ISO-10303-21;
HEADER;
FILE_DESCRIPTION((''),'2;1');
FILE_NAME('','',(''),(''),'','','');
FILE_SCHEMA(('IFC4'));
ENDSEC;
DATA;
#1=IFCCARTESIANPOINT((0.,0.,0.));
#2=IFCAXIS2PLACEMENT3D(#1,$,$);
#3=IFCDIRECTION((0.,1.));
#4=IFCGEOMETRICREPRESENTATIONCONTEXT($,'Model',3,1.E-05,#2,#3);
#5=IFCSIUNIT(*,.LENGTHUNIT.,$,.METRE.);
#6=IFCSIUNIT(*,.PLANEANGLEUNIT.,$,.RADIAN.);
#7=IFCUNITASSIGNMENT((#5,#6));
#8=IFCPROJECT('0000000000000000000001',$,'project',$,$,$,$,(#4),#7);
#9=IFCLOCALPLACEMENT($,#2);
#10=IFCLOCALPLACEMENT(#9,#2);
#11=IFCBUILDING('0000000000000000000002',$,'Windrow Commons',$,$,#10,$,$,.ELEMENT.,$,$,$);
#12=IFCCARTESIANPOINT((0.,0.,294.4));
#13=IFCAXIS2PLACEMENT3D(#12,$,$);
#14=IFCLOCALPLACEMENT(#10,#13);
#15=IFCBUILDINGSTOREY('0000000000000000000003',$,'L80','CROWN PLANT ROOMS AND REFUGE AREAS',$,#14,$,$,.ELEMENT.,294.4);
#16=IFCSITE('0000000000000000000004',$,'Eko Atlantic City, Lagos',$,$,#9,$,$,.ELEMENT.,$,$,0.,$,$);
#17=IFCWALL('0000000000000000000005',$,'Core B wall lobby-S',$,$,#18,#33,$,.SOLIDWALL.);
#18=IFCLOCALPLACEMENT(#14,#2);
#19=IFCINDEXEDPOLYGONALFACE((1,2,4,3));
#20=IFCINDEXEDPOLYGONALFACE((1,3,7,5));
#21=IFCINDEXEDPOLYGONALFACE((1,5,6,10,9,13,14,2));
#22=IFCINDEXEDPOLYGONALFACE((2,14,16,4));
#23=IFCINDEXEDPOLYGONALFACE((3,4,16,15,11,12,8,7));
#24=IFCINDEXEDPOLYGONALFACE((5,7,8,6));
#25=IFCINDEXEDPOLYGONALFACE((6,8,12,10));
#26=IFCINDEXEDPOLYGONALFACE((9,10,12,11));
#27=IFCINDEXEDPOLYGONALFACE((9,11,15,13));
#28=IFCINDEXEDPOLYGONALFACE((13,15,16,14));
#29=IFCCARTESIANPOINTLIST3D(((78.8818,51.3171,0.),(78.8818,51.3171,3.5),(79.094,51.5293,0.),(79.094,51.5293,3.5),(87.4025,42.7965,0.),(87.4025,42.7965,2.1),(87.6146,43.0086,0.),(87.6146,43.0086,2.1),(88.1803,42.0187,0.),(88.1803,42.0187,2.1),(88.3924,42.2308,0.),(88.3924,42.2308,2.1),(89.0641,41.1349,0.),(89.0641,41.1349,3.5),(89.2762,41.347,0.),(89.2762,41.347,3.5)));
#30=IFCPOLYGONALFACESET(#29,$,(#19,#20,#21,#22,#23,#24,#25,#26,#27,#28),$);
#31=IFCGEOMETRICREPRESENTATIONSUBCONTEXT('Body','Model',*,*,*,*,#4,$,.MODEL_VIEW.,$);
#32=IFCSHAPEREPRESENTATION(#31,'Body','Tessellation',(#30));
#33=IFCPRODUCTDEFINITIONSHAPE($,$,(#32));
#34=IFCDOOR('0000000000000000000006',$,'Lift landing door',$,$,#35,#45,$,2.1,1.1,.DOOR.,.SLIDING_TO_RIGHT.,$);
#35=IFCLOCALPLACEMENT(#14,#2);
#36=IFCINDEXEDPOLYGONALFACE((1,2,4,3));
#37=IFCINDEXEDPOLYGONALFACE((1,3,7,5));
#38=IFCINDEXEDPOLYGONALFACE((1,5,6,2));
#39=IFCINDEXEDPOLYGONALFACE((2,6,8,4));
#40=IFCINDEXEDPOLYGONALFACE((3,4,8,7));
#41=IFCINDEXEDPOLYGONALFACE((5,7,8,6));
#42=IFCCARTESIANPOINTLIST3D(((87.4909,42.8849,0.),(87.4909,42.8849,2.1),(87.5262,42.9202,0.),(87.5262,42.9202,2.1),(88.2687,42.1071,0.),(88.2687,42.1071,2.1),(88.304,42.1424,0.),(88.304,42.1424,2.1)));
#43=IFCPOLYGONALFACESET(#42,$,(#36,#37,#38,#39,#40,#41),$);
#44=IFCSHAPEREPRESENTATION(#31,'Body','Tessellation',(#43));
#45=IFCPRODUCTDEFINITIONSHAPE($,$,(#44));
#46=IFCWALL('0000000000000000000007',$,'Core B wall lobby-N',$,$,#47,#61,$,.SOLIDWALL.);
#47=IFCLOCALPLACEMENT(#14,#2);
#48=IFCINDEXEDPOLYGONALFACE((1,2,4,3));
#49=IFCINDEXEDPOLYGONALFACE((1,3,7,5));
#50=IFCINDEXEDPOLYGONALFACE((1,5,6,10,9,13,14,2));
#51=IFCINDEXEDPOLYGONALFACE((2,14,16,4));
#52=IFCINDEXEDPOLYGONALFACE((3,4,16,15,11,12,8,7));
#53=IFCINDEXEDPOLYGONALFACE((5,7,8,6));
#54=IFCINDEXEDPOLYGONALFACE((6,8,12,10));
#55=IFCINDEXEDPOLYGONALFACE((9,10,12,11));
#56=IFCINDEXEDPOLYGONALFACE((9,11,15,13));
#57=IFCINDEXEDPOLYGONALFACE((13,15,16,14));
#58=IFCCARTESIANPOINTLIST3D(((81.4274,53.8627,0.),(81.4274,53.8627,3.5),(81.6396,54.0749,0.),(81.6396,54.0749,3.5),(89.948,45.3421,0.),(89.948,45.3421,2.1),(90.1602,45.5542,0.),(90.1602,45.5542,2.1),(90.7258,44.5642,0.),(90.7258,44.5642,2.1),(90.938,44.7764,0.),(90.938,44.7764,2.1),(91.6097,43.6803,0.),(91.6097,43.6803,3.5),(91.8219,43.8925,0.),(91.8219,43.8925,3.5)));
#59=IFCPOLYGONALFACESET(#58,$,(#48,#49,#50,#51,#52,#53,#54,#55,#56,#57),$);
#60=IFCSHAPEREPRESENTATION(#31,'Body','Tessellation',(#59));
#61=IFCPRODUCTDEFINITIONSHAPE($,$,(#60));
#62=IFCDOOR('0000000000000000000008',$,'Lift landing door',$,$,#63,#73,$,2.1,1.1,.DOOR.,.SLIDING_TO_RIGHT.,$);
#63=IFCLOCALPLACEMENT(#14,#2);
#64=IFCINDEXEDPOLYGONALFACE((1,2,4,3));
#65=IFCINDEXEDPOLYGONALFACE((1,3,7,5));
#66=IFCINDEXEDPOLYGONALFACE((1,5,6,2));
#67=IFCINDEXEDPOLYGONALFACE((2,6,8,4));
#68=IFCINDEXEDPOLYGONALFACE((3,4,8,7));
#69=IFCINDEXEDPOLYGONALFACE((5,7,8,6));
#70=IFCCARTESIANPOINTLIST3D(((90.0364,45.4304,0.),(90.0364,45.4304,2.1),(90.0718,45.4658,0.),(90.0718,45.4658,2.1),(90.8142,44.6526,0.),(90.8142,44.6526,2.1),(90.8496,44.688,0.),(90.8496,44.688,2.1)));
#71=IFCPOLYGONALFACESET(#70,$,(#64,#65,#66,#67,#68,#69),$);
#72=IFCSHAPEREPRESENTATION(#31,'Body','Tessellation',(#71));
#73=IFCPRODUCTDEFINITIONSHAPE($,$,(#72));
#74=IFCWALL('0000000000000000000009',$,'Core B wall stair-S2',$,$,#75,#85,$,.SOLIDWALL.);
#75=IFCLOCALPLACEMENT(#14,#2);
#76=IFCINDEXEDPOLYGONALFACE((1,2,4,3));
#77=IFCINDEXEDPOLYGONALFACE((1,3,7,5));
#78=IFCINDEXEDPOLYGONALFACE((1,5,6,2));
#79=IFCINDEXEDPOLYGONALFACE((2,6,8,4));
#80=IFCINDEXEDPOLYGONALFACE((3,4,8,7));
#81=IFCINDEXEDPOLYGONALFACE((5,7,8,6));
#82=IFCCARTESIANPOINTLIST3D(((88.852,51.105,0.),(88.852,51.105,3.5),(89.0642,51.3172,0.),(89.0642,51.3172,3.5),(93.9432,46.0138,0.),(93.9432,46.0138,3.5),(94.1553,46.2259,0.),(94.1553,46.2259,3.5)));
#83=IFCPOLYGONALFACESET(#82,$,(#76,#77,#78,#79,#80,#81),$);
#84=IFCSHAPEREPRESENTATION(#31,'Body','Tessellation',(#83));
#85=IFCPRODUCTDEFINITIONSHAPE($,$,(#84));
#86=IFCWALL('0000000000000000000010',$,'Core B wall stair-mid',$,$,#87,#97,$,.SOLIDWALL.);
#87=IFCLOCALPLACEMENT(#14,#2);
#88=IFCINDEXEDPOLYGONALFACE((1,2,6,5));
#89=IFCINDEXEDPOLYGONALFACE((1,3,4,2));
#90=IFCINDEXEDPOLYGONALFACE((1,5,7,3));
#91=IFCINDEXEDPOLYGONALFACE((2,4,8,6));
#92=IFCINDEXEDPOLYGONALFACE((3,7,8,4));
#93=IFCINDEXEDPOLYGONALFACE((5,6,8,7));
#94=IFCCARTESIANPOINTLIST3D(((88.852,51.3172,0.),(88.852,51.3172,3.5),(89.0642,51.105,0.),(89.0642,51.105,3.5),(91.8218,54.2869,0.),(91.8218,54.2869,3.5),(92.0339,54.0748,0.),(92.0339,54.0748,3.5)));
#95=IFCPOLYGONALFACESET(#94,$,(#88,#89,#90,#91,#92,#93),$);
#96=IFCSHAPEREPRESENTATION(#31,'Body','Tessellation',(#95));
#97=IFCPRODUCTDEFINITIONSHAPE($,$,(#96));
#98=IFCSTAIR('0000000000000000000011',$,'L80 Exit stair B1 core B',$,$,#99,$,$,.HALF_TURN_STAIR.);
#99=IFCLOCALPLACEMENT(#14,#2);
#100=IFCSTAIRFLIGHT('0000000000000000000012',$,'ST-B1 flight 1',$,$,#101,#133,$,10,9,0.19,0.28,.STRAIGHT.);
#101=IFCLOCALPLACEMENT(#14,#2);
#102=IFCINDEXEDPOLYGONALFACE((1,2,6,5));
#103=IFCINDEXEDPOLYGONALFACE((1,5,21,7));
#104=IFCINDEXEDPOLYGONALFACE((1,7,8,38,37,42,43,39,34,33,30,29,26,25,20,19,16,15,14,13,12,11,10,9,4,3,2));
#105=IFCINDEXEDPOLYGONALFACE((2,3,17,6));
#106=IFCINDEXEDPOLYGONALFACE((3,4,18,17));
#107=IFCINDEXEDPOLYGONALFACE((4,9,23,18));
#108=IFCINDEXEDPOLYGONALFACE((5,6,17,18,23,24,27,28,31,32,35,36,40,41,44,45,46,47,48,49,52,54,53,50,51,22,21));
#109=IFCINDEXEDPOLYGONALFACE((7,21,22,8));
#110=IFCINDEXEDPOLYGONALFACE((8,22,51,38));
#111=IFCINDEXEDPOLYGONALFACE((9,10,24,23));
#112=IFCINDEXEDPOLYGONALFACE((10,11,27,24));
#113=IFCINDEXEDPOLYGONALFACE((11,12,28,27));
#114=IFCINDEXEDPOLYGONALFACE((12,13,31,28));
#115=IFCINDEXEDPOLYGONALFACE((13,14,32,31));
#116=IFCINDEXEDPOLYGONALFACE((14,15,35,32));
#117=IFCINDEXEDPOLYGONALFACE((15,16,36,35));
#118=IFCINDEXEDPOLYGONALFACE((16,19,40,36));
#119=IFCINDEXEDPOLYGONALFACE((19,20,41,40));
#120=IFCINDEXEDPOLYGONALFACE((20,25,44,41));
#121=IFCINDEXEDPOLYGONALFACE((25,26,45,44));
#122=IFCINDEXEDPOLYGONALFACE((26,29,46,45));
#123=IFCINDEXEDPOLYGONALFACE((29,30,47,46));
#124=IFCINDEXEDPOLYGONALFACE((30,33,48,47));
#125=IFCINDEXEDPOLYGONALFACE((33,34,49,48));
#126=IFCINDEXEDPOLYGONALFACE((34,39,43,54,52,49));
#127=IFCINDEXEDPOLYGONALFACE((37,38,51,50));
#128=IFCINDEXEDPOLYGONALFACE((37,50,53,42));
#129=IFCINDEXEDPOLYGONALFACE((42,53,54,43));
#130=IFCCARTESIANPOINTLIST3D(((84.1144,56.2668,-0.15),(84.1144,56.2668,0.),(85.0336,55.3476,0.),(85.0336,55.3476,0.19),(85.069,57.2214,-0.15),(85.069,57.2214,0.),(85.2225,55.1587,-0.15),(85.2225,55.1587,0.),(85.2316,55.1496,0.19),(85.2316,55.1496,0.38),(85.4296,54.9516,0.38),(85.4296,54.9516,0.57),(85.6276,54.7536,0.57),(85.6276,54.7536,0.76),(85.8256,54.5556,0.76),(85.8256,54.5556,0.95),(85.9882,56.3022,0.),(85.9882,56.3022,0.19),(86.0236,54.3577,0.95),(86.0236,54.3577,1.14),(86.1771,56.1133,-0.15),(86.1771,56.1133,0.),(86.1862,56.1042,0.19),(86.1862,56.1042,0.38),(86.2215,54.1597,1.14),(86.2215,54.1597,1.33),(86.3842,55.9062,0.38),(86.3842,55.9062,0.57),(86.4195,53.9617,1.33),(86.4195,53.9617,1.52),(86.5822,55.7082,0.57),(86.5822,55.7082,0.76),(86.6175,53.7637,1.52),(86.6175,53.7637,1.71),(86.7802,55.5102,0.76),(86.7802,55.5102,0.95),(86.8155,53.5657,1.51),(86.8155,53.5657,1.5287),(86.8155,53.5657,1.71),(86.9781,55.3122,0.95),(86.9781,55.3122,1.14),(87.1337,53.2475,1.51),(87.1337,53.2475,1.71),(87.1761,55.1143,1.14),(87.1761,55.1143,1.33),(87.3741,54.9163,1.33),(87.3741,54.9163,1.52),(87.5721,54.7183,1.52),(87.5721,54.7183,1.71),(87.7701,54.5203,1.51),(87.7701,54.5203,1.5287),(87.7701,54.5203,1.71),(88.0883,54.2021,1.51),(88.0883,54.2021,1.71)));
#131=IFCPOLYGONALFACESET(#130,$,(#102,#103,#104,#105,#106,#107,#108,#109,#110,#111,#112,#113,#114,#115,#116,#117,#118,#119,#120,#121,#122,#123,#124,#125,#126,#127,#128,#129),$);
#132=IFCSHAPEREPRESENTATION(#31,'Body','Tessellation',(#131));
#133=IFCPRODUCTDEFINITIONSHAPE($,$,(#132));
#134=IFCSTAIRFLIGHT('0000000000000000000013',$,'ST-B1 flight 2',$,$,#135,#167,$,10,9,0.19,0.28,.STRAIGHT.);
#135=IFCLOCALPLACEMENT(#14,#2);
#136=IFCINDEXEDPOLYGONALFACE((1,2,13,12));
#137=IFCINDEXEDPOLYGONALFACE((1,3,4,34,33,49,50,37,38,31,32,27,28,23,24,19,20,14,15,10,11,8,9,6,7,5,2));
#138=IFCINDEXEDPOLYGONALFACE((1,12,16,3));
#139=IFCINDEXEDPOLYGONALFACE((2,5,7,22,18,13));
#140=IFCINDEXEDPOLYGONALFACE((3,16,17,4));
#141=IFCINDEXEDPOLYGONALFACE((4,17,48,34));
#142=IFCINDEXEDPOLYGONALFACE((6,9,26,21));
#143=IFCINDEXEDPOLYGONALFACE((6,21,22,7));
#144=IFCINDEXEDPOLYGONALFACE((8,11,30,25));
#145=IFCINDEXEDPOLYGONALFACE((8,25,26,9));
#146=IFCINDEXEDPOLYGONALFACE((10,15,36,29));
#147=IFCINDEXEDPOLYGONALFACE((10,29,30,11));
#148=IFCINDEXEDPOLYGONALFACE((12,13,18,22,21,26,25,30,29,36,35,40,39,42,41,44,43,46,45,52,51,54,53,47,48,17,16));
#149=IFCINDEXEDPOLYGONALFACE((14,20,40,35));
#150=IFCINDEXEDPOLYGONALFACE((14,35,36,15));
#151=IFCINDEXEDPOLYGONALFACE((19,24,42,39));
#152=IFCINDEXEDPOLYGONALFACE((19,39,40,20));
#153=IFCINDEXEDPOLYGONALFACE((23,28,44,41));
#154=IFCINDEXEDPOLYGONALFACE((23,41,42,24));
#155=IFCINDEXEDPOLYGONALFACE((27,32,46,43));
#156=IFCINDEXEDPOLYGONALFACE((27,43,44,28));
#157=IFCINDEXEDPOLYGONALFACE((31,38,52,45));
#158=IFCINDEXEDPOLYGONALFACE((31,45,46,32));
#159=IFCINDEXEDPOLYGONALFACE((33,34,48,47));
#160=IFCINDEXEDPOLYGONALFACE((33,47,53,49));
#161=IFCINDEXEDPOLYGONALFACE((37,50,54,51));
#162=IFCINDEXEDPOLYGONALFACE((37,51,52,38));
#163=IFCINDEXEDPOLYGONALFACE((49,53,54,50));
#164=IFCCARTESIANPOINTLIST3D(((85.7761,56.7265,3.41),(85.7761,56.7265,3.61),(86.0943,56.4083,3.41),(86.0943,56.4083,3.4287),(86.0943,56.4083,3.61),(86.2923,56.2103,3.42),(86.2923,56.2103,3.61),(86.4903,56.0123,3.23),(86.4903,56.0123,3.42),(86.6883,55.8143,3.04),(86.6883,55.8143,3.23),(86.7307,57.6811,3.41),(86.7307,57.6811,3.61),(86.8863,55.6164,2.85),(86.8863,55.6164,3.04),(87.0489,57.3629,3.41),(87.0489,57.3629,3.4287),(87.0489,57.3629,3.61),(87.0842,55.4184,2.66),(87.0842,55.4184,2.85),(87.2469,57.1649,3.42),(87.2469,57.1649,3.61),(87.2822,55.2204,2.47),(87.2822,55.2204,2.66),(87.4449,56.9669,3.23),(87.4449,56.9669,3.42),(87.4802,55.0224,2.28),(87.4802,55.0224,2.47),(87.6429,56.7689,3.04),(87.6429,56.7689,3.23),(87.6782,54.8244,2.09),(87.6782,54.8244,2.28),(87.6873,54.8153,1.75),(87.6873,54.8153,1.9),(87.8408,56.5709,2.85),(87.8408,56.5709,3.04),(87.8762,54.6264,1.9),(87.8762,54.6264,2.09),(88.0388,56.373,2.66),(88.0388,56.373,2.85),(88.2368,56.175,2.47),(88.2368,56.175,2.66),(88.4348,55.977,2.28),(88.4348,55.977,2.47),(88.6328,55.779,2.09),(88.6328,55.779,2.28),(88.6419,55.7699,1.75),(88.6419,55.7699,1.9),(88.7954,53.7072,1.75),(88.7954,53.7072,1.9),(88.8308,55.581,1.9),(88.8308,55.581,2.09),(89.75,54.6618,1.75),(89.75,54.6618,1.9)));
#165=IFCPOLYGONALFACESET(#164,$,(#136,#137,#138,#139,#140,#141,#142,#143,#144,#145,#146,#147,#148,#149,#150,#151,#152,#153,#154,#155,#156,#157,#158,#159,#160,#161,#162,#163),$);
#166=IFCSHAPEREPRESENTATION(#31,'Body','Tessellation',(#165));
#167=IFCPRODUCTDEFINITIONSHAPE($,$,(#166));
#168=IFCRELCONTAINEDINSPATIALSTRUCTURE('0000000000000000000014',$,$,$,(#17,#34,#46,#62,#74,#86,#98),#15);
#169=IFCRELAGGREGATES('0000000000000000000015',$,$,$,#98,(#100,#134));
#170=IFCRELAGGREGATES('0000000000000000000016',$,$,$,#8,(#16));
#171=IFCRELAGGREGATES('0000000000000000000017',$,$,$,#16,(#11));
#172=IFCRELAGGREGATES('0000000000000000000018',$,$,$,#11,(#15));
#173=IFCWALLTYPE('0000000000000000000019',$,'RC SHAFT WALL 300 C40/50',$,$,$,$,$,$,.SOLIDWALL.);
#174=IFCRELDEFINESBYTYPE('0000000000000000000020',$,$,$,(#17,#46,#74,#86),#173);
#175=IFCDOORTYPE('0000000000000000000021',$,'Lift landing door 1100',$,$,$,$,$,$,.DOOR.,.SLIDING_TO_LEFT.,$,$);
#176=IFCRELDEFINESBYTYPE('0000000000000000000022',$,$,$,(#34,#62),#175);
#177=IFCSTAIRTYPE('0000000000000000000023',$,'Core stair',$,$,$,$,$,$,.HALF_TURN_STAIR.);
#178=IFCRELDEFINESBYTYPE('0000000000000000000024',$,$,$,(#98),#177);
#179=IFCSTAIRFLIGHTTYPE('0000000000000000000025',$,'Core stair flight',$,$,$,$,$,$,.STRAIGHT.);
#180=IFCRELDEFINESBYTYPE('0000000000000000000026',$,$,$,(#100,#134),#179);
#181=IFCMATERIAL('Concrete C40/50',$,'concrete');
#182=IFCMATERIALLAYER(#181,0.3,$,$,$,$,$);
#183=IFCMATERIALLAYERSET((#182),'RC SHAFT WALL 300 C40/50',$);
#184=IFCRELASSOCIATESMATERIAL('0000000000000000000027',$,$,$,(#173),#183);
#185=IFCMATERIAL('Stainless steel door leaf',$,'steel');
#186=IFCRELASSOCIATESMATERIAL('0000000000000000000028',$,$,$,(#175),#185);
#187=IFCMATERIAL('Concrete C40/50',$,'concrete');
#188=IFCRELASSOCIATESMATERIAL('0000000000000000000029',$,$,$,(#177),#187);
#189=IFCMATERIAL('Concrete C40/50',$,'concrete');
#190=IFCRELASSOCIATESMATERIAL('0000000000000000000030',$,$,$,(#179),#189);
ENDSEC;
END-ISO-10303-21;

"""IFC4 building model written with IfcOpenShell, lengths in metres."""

from ifc_helpers import new_model, si_unit, direction, frame, frame_2d, origin, place, context, subcontext, project, spatial, polyline, rectangle, outline, extrude, material, layer, layer_set, type_object, element, fill, aggregate, save


model = new_model("IFC4")

# Units and contexts
model_context = context("Model", 3, precision=1e-05, world=origin(), true_north=direction((0.0, 1.0)))
body_context = subcontext(model_context, "Body", "Model", "MODEL_VIEW")
ifc_project = project(units=[si_unit("LENGTHUNIT", "METRE"), si_unit("PLANEANGLEUNIT", "RADIAN")], contexts=[model_context])

# Site, building, storey
site_placement = place(None, origin())
site = spatial("IfcSite", under=ifc_project, at=site_placement, Name="Eko Atlantic City, Lagos", CompositionType="ELEMENT", RefElevation=0.0)
building_placement = place(site_placement, origin())
building = spatial("IfcBuilding", under=site, at=building_placement, Name="Windrow Commons", CompositionType="ELEMENT")
storey_placement = place(building_placement, frame((0.0, 0.0, 294.4)))
storey = spatial("IfcBuildingStorey", under=building, at=storey_placement, Name="L80", Description="CROWN PLANT ROOMS AND REFUGE AREAS", CompositionType="ELEMENT", Elevation=294.4)

# Shared definitions
ifc_material_1 = material(Name="Concrete C40/50", Category="concrete")
ifc_layer_1 = layer(ifc_material_1, 0.3)
ifc_layer_set_1 = layer_set([ifc_layer_1], Name="RC SHAFT WALL 300 C40/50")
wall_type_1 = type_object("IfcWallType", Name="RC SHAFT WALL 300 C40/50", PredefinedType="SOLIDWALL", material=ifc_layer_set_1)

# Walls, openings, doors
wall_1_placement = place(storey_placement, frame((78.9879, 51.4232, 0.0), z_axis=(0.0, 0.0, 1.0), x_axis=(0.707107, -0.707107, 0.0)))
wall_1 = element("IfcWall", 1, at=wall_1_placement, inside=storey, type_object=wall_type_1, Name="Core B wall lobby-S", PredefinedType="SOLIDWALL", context=body_context, shape_type="SweptSolid", body=[
    extrude(outline(polyline([(0.0, 0.0), (14.3999, 0.0), (14.3999, 3.5), (0.0, 3.5), (0.0, 0.0)])), frame((0.0, 0.15, 0.0), z_axis=(0.0, -1.0, 0.0), x_axis=(1.0, 0.0, 0.0)), (0.0, 0.0, 1.0), 0.3),
])
opening_1_placement = place(wall_1_placement, frame((12.05, 0.0, 0.0)))
opening_1 = element("IfcOpeningElement", 2, at=opening_1_placement, cuts=wall_1, PredefinedType="OPENING", context=body_context, shape_type="SweptSolid", body=[
    extrude(rectangle(XDim=1.1, YDim=2.1, at=frame_2d((0.55, 1.05))), frame((0.0, 0.16, 0.0), z_axis=(0.0, -1.0, 0.0), x_axis=(1.0, 0.0, 0.0)), (0.0, 0.0, 1.0), 0.32),
])
ifc_material_2 = material(Name="Stainless steel door leaf", Category="steel")
door_type_1 = type_object("IfcDoorType", Name="Lift landing door 1100", OperationType="SLIDING_TO_LEFT", PredefinedType="DOOR", material=ifc_material_2)
door_1_placement = place(opening_1_placement, origin())
door_1 = element("IfcDoor", 3, at=door_1_placement, inside=storey, type_object=door_type_1, Name="Lift landing door", OperationType="SLIDING_TO_RIGHT", OverallHeight=2.1, OverallWidth=1.1, PredefinedType="DOOR", context=body_context, shape_type="SweptSolid", body=[
    extrude(rectangle(XDim=1.1, YDim=2.1, at=frame_2d((0.55, 1.05))), frame((0.0, 0.025, 0.0), z_axis=(0.0, -1.0, 0.0), x_axis=(1.0, 0.0, 0.0)), (0.0, 0.0, 1.0), 0.05),
])
fill(opening_1, door_1)
wall_2_placement = place(storey_placement, frame((81.5335, 53.9688, 0.0), z_axis=(0.0, 0.0, 1.0), x_axis=(0.707103, -0.70711, 0.0)))
wall_2 = element("IfcWall", 4, at=wall_2_placement, inside=storey, type_object=wall_type_1, Name="Core B wall lobby-N", PredefinedType="SOLIDWALL", context=body_context, shape_type="SweptSolid", body=[
    extrude(outline(polyline([(0.0, 0.0), (14.4, 0.0), (14.4, 3.5), (0.0, 3.5), (0.0, 0.0)])), frame((0.0, 0.15, 0.0), z_axis=(0.0, -1.0, 0.0), x_axis=(1.0, 0.0, 0.0)), (0.0, 0.0, 1.0), 0.3),
])
opening_2_placement = place(wall_2_placement, frame((12.05, 0.0, 0.0)))
opening_2 = element("IfcOpeningElement", 5, at=opening_2_placement, cuts=wall_2, PredefinedType="OPENING", context=body_context, shape_type="SweptSolid", body=[
    extrude(rectangle(XDim=1.1, YDim=2.1, at=frame_2d((0.55, 1.05))), frame((0.0, 0.16, 0.0), z_axis=(0.0, -1.0, 0.0), x_axis=(1.0, 0.0, 0.0)), (0.0, 0.0, 1.0), 0.32),
])
door_2_placement = place(opening_2_placement, origin())
door_2 = element("IfcDoor", 6, at=door_2_placement, inside=storey, type_object=door_type_1, Name="Lift landing door", OperationType="SLIDING_TO_RIGHT", OverallHeight=2.1, OverallWidth=1.1, PredefinedType="DOOR", context=body_context, shape_type="SweptSolid", body=[
    extrude(rectangle(XDim=1.1, YDim=2.1, at=frame_2d((0.55, 1.05))), frame((0.0, 0.025, 0.0), z_axis=(0.0, -1.0, 0.0), x_axis=(1.0, 0.0, 0.0)), (0.0, 0.0, 1.0), 0.05),
])
fill(opening_2, door_2)

# Walls
wall_3_placement = place(storey_placement, frame((88.9581, 51.2111, 0.0), z_axis=(0.0, 0.0, 1.0), x_axis=(0.7071, -0.707114, 0.0)))
element("IfcWall", 7, at=wall_3_placement, inside=storey, type_object=wall_type_1, Name="Core B wall stair-S2", PredefinedType="SOLIDWALL", context=body_context, shape_type="SweptSolid", body=[
    extrude(outline(polyline([(0.0, 0.0), (7.2, 0.0), (7.2, 3.5), (0.0, 3.5), (0.0, 0.0)])), frame((0.0, 0.15, 0.0), z_axis=(0.0, -1.0, 0.0), x_axis=(1.0, 0.0, 0.0)), (0.0, 0.0, 1.0), 0.3),
])
wall_4_placement = place(storey_placement, frame((88.9581, 51.2111, 0.0), z_axis=(0.0, 0.0, 1.0), x_axis=(0.707107, 0.707107, 0.0)))
element("IfcWall", 8, at=wall_4_placement, inside=storey, type_object=wall_type_1, Name="Core B wall stair-mid", PredefinedType="SOLIDWALL", context=body_context, shape_type="SweptSolid", body=[
    extrude(outline(polyline([(0.0, 0.0), (4.1999, 0.0), (4.1999, 3.5), (0.0, 3.5), (0.0, 0.0)])), frame((0.0, 0.15, 0.0), z_axis=(0.0, -1.0, 0.0), x_axis=(1.0, 0.0, 0.0)), (0.0, 0.0, 1.0), 0.3),
])

# Stair, stair flights
ifc_material_3 = material(Name="Concrete C40/50", Category="concrete")
stair_type = type_object("IfcStairType", Name="Core stair", PredefinedType="HALF_TURN_STAIR", material=ifc_material_3)
stair_placement = place(storey_placement, origin())
stair = element("IfcStair", 9, at=stair_placement, inside=storey, type_object=stair_type, Name="L80 Exit stair B1 core B", PredefinedType="HALF_TURN_STAIR")
ifc_material_4 = material(Name="Concrete C40/50", Category="concrete")
stair_flight_type = type_object("IfcStairFlightType", Name="Core stair flight", PredefinedType="STRAIGHT", material=ifc_material_4)
stair_flight_1_placement = place(storey_placement, frame((85.5109, 55.8249, 0.0), z_axis=(0.0, 0.0, 1.0), x_axis=(0.707107, -0.707107, 0.0)))
stair_flight_1 = element("IfcStairFlight", 10, at=stair_flight_1_placement, type_object=stair_flight_type, Name="ST-B1 flight 1", NumberOfRisers=10, NumberOfTreads=9, PredefinedType="STRAIGHT", RiserHeight=0.19, TreadLength=0.28, context=body_context, shape_type="SweptSolid", body=[
    extrude(outline(polyline([(-1.3, -0.15), (-1.3, 0.0), (0.0, 0.0), (0.0, 0.19), (0.28, 0.19), (0.28, 0.38), (0.56, 0.38), (0.56, 0.57), (0.84, 0.57), (0.84, 0.76), (1.12, 0.76), (1.12, 0.95), (1.4, 0.95), (1.4, 1.14), (1.68, 1.14), (1.68, 1.33), (1.96, 1.33), (1.96, 1.52), (2.24, 1.52), (2.24, 1.71), (2.52, 1.71), (2.97, 1.71), (2.97, 1.51), (2.52, 1.51), (2.52, 1.5287), (0.2671, 0.0), (0.2671, -0.15), (-1.3, -0.15)])), frame((0.0, 0.675, 0.0), z_axis=(0.0, -1.0, 0.0), x_axis=(1.0, 0.0, 0.0)), (0.0, 0.0, 1.0), 1.35),
])
stair_flight_2_placement = place(storey_placement, frame((88.3535, 55.1037, 1.9), z_axis=(0.0, 0.0, 1.0), x_axis=(-0.707107, 0.707107, 0.0)))
stair_flight_2 = element("IfcStairFlight", 11, at=stair_flight_2_placement, type_object=stair_flight_type, Name="ST-B1 flight 2", NumberOfRisers=10, NumberOfTreads=9, PredefinedType="STRAIGHT", RiserHeight=0.19, TreadLength=0.28, context=body_context, shape_type="SweptSolid", body=[
    extrude(outline(polyline([(-1.3, -0.15), (-1.3, 0.0), (0.0, 0.0), (0.0, 0.19), (0.28, 0.19), (0.28, 0.38), (0.56, 0.38), (0.56, 0.57), (0.84, 0.57), (0.84, 0.76), (1.12, 0.76), (1.12, 0.95), (1.4, 0.95), (1.4, 1.14), (1.68, 1.14), (1.68, 1.33), (1.96, 1.33), (1.96, 1.52), (2.24, 1.52), (2.24, 1.71), (2.52, 1.71), (2.97, 1.71), (2.97, 1.51), (2.52, 1.51), (2.52, 1.5287), (0.2671, 0.0), (0.2671, -0.15), (-1.3, -0.15)])), frame((0.0, 0.675, 0.0), z_axis=(0.0, -1.0, 0.0), x_axis=(1.0, 0.0, 0.0)), (0.0, 0.0, 1.0), 1.35),
])
aggregate(stair, [stair_flight_1, stair_flight_2])

save(model, "model.ifc")
